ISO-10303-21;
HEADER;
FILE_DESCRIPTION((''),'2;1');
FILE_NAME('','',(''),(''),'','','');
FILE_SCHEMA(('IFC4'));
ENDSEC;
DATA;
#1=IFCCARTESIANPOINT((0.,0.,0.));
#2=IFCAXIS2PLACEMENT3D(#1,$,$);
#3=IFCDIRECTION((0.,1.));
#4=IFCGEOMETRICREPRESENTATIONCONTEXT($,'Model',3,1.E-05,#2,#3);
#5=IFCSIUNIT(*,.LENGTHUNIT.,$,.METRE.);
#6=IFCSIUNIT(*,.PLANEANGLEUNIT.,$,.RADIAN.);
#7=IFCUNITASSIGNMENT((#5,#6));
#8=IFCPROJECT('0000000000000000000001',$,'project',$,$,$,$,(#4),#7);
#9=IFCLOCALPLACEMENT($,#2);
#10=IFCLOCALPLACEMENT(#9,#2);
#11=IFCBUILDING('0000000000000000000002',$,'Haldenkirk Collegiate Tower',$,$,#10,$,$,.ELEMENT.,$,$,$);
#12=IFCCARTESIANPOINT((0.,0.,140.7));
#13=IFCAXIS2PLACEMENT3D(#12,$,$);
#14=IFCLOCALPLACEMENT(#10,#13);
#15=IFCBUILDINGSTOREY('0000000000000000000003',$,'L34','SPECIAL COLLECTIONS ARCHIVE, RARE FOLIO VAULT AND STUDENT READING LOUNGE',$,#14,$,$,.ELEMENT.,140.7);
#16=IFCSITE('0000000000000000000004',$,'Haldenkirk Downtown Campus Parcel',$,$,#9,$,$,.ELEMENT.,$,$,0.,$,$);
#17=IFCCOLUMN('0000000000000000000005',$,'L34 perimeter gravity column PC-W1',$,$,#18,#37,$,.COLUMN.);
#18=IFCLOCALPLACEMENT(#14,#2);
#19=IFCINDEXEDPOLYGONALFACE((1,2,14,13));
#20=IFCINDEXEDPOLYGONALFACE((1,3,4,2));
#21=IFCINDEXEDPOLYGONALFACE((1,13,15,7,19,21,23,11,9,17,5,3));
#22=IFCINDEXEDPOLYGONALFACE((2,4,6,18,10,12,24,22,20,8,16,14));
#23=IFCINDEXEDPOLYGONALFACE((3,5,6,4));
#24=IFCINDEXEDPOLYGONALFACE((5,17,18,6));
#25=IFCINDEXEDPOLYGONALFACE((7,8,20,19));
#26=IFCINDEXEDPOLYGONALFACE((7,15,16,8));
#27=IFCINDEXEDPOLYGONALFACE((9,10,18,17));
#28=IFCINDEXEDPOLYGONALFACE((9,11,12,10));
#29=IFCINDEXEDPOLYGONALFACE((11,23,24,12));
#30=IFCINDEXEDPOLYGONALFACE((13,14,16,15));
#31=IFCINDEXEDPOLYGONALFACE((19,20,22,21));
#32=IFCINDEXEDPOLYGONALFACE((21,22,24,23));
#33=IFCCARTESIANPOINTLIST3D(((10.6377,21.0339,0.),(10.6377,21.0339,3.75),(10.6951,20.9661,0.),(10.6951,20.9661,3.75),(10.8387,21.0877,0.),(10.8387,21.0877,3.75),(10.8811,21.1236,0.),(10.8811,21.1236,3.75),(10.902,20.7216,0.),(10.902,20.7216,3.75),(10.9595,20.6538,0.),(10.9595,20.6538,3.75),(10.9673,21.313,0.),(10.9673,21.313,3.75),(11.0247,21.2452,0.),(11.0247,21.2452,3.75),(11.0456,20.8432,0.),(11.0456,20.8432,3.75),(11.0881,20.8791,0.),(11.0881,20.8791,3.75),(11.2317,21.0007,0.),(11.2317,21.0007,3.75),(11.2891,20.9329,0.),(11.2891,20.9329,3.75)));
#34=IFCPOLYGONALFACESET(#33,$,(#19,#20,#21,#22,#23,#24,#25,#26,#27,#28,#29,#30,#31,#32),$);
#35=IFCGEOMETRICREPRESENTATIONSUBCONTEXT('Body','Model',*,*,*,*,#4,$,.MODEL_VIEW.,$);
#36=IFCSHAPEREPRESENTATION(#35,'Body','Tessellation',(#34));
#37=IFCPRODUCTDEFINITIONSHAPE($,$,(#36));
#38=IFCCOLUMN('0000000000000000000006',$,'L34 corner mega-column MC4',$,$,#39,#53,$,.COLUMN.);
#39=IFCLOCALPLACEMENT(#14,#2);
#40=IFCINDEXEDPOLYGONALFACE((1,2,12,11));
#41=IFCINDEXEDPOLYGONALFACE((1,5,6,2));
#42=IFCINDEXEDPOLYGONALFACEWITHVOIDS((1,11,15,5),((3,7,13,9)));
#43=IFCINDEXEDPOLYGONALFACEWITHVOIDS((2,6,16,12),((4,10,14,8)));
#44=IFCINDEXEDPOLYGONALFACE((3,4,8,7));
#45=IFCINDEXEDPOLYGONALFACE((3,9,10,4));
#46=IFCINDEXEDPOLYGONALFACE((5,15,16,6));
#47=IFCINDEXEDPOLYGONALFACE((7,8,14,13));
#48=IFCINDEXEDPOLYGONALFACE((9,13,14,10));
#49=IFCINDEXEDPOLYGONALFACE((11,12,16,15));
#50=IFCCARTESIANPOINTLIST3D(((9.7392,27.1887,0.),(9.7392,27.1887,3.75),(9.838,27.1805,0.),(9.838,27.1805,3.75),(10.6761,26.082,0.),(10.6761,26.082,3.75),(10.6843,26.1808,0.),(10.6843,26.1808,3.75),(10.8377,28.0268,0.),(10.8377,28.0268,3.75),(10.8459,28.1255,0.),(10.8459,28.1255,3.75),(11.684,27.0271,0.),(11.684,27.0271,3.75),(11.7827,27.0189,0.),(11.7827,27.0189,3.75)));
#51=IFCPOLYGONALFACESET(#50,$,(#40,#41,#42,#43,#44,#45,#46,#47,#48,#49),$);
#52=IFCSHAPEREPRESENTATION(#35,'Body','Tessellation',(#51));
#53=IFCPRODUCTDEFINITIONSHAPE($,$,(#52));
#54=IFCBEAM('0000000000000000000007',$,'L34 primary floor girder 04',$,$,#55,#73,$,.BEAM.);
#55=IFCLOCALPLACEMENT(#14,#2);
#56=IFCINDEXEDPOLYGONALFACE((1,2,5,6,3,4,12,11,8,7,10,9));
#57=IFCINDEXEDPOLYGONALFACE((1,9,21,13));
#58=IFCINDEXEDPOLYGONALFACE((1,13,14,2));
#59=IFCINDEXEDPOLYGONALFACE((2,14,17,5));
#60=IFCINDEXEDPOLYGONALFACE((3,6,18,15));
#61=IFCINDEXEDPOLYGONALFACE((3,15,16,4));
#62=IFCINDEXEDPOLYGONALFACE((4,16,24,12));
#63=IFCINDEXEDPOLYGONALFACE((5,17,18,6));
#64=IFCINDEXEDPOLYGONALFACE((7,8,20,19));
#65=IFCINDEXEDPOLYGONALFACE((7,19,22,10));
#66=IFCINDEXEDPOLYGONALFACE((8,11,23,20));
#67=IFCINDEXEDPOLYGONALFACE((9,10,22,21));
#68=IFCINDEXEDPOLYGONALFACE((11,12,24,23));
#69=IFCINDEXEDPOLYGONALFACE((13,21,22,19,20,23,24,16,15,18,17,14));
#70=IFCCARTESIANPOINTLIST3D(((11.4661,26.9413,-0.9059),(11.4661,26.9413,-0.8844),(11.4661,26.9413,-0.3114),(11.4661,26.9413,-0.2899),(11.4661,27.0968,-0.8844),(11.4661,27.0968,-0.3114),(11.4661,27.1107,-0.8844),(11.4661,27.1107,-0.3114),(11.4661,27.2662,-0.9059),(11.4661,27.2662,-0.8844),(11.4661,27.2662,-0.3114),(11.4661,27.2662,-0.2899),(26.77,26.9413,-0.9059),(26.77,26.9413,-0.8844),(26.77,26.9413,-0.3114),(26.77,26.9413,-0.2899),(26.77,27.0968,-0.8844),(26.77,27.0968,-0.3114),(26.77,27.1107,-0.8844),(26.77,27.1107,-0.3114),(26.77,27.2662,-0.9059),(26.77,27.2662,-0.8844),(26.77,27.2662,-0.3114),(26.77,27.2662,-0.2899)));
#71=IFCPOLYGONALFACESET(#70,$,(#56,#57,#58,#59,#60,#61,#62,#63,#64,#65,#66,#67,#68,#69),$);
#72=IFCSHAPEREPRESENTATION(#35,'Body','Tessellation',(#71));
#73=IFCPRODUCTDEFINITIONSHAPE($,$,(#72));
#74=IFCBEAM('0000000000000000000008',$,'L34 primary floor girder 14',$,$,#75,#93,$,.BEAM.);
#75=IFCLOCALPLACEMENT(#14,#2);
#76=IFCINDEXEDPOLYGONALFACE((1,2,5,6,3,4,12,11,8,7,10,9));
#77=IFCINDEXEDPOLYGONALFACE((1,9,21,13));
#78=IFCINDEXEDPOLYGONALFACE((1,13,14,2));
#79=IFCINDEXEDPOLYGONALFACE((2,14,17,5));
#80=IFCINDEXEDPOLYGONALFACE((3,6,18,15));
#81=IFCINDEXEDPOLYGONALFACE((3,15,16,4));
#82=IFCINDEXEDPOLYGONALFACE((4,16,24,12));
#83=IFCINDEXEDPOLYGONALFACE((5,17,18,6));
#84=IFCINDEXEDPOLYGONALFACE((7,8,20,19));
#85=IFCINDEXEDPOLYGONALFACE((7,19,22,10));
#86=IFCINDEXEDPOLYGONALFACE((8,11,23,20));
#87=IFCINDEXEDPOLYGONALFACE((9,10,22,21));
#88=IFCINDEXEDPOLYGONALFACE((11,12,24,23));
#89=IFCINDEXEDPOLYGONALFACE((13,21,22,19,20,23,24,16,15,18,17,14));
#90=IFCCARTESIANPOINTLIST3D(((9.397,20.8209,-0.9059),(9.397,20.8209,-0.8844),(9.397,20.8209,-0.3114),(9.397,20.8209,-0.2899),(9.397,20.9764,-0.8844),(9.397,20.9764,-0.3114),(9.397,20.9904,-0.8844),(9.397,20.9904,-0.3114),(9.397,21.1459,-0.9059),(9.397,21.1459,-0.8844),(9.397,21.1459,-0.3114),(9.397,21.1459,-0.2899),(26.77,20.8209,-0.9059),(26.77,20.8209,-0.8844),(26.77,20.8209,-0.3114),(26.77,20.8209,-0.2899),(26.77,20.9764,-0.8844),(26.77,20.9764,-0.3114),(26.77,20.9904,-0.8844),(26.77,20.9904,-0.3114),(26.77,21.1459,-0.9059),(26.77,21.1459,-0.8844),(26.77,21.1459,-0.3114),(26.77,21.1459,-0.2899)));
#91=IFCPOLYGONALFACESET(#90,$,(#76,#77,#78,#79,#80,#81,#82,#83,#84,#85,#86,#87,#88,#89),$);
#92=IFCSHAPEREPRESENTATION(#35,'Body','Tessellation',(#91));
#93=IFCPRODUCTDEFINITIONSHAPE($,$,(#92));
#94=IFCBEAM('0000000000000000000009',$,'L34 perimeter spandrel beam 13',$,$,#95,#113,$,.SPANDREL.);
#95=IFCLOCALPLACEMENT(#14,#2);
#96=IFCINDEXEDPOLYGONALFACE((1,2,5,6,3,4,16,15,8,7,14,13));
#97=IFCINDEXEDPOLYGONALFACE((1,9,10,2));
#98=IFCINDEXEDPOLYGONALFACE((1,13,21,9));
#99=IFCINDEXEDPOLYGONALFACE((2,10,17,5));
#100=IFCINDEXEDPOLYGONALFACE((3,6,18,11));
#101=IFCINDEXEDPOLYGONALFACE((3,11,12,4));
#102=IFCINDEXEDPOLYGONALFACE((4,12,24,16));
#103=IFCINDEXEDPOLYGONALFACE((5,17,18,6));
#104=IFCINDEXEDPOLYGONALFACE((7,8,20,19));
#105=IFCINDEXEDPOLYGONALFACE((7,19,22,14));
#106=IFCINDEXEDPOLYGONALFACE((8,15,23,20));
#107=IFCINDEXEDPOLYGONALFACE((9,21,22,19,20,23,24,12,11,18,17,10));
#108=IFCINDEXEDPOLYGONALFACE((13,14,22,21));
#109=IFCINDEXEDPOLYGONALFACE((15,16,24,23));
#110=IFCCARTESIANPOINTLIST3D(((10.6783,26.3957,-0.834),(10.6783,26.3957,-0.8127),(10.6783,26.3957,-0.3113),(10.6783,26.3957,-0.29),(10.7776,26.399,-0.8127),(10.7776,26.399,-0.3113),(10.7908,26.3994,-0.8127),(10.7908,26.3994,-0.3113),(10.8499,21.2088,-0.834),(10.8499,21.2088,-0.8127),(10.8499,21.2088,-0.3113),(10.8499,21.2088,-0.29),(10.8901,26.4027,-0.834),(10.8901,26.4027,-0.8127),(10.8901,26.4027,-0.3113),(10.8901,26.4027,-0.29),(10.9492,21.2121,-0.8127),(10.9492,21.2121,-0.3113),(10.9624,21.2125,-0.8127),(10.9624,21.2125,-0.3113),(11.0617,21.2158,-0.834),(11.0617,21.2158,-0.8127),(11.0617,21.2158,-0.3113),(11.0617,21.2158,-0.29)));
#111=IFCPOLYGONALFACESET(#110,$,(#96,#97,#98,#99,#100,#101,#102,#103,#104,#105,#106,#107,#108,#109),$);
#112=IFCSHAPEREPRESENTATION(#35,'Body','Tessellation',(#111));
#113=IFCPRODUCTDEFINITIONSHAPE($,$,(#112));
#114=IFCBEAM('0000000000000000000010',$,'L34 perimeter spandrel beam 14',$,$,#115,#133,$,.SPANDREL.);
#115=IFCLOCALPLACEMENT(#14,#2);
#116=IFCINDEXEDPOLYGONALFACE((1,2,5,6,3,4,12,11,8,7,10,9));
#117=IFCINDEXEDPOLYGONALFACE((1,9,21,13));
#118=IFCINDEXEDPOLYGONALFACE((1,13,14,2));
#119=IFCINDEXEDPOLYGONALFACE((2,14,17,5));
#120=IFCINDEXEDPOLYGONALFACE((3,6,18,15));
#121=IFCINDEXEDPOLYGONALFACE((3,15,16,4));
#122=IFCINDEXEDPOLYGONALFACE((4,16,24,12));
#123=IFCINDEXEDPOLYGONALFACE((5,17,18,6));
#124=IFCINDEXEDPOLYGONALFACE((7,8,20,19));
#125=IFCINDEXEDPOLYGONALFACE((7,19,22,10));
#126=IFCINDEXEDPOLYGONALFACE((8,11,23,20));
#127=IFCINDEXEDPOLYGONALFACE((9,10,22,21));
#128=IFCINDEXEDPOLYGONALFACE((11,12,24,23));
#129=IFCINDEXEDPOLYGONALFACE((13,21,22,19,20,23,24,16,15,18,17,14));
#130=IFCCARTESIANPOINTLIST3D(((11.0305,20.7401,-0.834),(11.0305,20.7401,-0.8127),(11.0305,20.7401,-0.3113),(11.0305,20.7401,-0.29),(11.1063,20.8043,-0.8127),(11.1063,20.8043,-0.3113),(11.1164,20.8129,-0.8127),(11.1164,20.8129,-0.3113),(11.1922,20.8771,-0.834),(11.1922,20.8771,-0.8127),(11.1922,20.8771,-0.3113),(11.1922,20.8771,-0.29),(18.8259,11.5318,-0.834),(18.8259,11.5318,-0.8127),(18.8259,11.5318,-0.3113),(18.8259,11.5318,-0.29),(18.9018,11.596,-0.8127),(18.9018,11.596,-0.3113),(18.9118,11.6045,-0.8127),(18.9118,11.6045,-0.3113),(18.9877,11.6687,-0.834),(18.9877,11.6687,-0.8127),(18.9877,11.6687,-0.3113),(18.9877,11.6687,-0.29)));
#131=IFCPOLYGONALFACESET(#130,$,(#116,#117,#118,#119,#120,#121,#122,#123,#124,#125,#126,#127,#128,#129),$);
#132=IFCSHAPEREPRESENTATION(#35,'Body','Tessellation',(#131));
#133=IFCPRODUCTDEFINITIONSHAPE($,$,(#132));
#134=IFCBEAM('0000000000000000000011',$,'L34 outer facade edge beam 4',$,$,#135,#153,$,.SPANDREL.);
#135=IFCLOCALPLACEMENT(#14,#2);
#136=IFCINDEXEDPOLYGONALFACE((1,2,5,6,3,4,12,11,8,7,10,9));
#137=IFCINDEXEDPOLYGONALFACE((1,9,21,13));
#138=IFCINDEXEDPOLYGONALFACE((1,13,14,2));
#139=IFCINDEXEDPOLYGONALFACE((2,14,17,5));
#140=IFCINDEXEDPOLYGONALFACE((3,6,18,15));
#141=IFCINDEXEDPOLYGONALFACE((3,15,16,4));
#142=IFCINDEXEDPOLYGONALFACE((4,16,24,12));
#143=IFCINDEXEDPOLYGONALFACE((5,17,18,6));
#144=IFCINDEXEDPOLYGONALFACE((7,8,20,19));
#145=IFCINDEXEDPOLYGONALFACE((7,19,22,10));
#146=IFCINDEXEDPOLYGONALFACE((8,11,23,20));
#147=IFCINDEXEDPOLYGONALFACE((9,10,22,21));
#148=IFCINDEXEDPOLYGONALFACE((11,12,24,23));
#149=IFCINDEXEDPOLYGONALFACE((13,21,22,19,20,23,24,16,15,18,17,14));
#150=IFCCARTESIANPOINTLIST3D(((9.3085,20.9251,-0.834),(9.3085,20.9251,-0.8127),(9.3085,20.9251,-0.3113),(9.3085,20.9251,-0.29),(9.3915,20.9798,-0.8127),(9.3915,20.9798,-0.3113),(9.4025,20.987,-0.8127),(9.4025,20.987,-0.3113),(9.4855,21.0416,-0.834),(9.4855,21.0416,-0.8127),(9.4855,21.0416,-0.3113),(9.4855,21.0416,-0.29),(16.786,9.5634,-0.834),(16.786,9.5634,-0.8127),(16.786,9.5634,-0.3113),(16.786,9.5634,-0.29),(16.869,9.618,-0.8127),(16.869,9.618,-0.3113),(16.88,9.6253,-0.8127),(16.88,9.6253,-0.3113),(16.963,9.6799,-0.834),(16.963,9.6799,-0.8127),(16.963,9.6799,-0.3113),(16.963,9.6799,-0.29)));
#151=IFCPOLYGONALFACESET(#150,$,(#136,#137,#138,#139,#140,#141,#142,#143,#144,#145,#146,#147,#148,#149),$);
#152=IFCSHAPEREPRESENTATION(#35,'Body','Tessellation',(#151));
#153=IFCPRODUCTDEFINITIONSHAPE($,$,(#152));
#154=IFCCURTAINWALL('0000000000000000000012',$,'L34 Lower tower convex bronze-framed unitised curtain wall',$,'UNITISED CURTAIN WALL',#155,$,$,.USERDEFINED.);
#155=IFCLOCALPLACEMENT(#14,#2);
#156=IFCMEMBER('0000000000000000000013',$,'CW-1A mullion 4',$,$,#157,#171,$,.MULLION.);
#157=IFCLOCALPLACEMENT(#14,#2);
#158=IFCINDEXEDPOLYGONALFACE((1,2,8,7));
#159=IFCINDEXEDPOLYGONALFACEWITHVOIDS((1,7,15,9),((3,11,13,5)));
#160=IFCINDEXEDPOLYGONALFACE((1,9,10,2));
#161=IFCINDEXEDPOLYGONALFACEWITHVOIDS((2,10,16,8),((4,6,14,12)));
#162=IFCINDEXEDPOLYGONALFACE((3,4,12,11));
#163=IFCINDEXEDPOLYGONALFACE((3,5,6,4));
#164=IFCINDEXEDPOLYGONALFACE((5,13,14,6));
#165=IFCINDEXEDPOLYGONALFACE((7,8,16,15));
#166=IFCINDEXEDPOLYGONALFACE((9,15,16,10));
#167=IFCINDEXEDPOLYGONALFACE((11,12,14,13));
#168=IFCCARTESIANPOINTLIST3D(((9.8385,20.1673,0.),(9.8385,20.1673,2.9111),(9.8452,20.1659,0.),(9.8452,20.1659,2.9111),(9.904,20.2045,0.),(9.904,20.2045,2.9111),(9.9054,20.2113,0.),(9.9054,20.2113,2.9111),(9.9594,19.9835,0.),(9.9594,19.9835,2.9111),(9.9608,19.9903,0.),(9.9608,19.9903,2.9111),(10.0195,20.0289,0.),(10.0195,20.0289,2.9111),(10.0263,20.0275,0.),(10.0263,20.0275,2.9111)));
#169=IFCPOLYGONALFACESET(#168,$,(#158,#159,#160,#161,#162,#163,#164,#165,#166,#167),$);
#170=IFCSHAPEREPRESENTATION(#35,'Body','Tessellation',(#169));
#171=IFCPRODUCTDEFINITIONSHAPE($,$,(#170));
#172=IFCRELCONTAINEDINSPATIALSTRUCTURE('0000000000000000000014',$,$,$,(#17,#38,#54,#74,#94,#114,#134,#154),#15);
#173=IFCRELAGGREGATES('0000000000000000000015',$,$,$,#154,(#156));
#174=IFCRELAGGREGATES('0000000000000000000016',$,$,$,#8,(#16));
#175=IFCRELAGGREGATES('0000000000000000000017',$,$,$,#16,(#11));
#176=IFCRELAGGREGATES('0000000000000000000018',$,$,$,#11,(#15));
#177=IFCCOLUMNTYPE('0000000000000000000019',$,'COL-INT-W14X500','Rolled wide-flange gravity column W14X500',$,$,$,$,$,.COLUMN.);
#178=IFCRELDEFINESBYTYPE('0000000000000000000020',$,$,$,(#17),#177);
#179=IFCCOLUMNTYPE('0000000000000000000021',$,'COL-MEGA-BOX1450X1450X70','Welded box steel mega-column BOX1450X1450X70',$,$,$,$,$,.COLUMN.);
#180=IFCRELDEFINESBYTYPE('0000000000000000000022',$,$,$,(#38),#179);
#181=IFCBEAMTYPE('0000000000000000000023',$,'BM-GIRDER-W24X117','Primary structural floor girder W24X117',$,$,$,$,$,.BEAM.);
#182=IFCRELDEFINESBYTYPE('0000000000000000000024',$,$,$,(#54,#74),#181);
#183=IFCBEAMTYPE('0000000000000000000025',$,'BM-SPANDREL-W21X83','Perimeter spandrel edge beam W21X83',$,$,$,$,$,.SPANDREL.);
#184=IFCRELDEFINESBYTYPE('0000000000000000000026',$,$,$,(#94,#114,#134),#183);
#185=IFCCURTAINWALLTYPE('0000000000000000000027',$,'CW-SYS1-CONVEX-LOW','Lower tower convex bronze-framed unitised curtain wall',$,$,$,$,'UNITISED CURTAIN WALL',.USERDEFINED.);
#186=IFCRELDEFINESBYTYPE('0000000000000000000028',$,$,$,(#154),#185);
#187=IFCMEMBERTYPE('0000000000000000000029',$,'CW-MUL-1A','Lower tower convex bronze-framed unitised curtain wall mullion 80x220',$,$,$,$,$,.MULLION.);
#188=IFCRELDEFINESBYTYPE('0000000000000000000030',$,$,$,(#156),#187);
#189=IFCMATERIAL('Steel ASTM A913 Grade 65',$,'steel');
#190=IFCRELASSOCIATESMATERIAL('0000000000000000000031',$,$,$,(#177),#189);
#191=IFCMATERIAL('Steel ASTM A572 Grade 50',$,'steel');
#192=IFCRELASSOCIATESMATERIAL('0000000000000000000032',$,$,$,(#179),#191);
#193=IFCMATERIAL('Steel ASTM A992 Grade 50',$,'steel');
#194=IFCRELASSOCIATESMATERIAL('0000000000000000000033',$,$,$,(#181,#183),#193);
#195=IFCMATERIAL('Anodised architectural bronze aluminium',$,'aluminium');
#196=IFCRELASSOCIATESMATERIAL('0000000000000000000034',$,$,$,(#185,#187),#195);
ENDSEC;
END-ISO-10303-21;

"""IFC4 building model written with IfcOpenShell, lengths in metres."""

from ifc_helpers import new_model, si_unit, direction, frame, origin, origin_2d, place, context, subcontext, project, spatial, hollow_rectangle, i_section, extrude, material, material_profile, profile_set, type_object, element, aggregate, save


model = new_model("IFC4")

# Units and contexts
model_context = context("Model", 3, precision=1e-05, world=origin(), true_north=direction((0.0, 1.0)))
body_context = subcontext(model_context, "Body", "Model", "MODEL_VIEW")
ifc_project = project(units=[si_unit("LENGTHUNIT", "METRE"), si_unit("PLANEANGLEUNIT", "RADIAN")], contexts=[model_context])

# Site, building, storey
site_placement = place(None, origin())
site = spatial("IfcSite", under=ifc_project, at=site_placement, Name="Haldenkirk Downtown Campus Parcel", CompositionType="ELEMENT", RefElevation=0.0)
building_placement = place(site_placement, origin())
building = spatial("IfcBuilding", under=site, at=building_placement, Name="Haldenkirk Collegiate Tower", CompositionType="ELEMENT")
storey_placement = place(building_placement, frame((0.0, 0.0, 140.7)))
storey = spatial("IfcBuildingStorey", under=building, at=storey_placement, Name="L34", Description="SPECIAL COLLECTIONS ARCHIVE, RARE FOLIO VAULT AND STUDENT READING LOUNGE", CompositionType="ELEMENT", Elevation=140.7)

# Columns
ifc_material_1 = material(Name="Steel ASTM A913 Grade 65", Category="steel")
ifc_material_profile_1 = material_profile(ifc_material_1, i_section(OverallWidth=0.4319, OverallDepth=0.498, WebThickness=0.0557, FlangeThickness=0.0889, at=origin_2d()), Name="W14X500")
ifc_profile_set_1 = profile_set([ifc_material_profile_1], Name="Steel ASTM A913 Grade 65")
column_type_1 = type_object("IfcColumnType", Name="COL-INT-W14X500", Description="Rolled wide-flange gravity column W14X500", PredefinedType="COLUMN", material=ifc_profile_set_1)
column_1_placement = place(storey_placement, frame((10.9634, 20.9834, 0.0), z_axis=(0.0, 0.0, 1.0), x_axis=(0.763232, 0.646124, 0.0)))
element("IfcColumn", 1, at=column_1_placement, inside=storey, type_object=column_type_1, Name="L34 perimeter gravity column PC-W1", PredefinedType="COLUMN", context=body_context, shape_type="SweptSolid", body=[
    extrude(i_section(OverallWidth=0.4319, OverallDepth=0.498, WebThickness=0.0557, FlangeThickness=0.0889, at=origin_2d()), origin(), (0.0, 0.0, 1.0), 3.75),
])
ifc_material_2 = material(Name="Steel ASTM A572 Grade 50", Category="steel")
ifc_material_profile_2 = material_profile(ifc_material_2, hollow_rectangle(XDim=1.45, YDim=1.45, WallThickness=0.0701, at=origin_2d()), Name="BOX1450X1450X70")
ifc_profile_set_2 = profile_set([ifc_material_profile_2], Name="Steel ASTM A572 Grade 50")
column_type_2 = type_object("IfcColumnType", Name="COL-MEGA-BOX1450X1450X70", Description="Welded box steel mega-column BOX1450X1450X70", PredefinedType="COLUMN", material=ifc_profile_set_2)
column_2_placement = place(storey_placement, frame((10.761, 27.1038, 0.0), z_axis=(0.0, 0.0, 1.0), x_axis=(0.763232, 0.646124, 0.0)))
element("IfcColumn", 2, at=column_2_placement, inside=storey, type_object=column_type_2, Name="L34 corner mega-column MC4", PredefinedType="COLUMN", context=body_context, shape_type="SweptSolid", body=[
    extrude(hollow_rectangle(XDim=1.45, YDim=1.45, WallThickness=0.0701, at=origin_2d()), origin(), (0.0, 0.0, 1.0), 3.75),
])

# Beams
ifc_material_3 = material(Name="Steel ASTM A992 Grade 50", Category="steel")
ifc_material_profile_3 = material_profile(ifc_material_3, i_section(OverallWidth=0.325, OverallDepth=0.616, WebThickness=0.0139, FlangeThickness=0.0215, at=origin_2d()), Name="W24X117")
ifc_profile_set_3 = profile_set([ifc_material_profile_3], Name="Steel ASTM A992 Grade 50")
beam_type_1 = type_object("IfcBeamType", Name="BM-GIRDER-W24X117", Description="Primary structural floor girder W24X117", PredefinedType="BEAM", material=ifc_profile_set_3)
beam_1_placement = place(storey_placement, frame((11.4661, 27.1038, -0.5979), z_axis=(1.0, 0.0, 0.0), x_axis=(0.0, 1.0, 0.0)))
element("IfcBeam", 3, at=beam_1_placement, inside=storey, type_object=beam_type_1, Name="L34 primary floor girder 04", PredefinedType="BEAM", context=body_context, shape_type="SweptSolid", body=[
    extrude(i_section(OverallWidth=0.325, OverallDepth=0.616, WebThickness=0.0139, FlangeThickness=0.0215, at=origin_2d()), origin(), (0.0, 0.0, 1.0), 15.304),
])
beam_2_placement = place(storey_placement, frame((9.397, 20.9834, -0.5979), z_axis=(1.0, 0.0, 0.0), x_axis=(0.0, 1.0, 0.0)))
element("IfcBeam", 4, at=beam_2_placement, inside=storey, type_object=beam_type_1, Name="L34 primary floor girder 14", PredefinedType="BEAM", context=body_context, shape_type="SweptSolid", body=[
    extrude(i_section(OverallWidth=0.325, OverallDepth=0.616, WebThickness=0.0139, FlangeThickness=0.0215, at=origin_2d()), origin(), (0.0, 0.0, 1.0), 17.373),
])
ifc_material_profile_4 = material_profile(ifc_material_3, i_section(OverallWidth=0.2119, OverallDepth=0.5439, WebThickness=0.0132, FlangeThickness=0.0212, at=origin_2d()), Name="W21X83")
ifc_profile_set_4 = profile_set([ifc_material_profile_4], Name="Steel ASTM A992 Grade 50")
beam_type_2 = type_object("IfcBeamType", Name="BM-SPANDREL-W21X83", Description="Perimeter spandrel edge beam W21X83", PredefinedType="SPANDREL", material=ifc_profile_set_4)
beam_3_placement = place(storey_placement, frame((10.7842, 26.3992, -0.562), z_axis=(0.033072, -0.999453, 0.0), x_axis=(0.999453, 0.033072, 0.0)))
element("IfcBeam", 5, at=beam_3_placement, inside=storey, type_object=beam_type_2, Name="L34 perimeter spandrel beam 13", PredefinedType="SPANDREL", context=body_context, shape_type="SweptSolid", body=[
    extrude(i_section(OverallWidth=0.2119, OverallDepth=0.5439, WebThickness=0.0132, FlangeThickness=0.0212, at=origin_2d()), origin(), (0.0, 0.0, 1.0), 5.1897),
])
beam_4_placement = place(storey_placement, frame((11.1113, 20.8086, -0.562), z_axis=(0.646126, -0.76323, 0.0), x_axis=(0.76323, 0.646126, 0.0)))
element("IfcBeam", 6, at=beam_4_placement, inside=storey, type_object=beam_type_2, Name="L34 perimeter spandrel beam 14", PredefinedType="SPANDREL", context=body_context, shape_type="SweptSolid", body=[
    extrude(i_section(OverallWidth=0.2119, OverallDepth=0.5439, WebThickness=0.0132, FlangeThickness=0.0212, at=origin_2d()), origin(), (0.0, 0.0, 1.0), 12.0649),
])
beam_5_placement = place(storey_placement, frame((9.397, 20.9834, -0.562), z_axis=(0.549753, -0.835327, 0.0), x_axis=(0.835327, 0.549753, 0.0)))
element("IfcBeam", 7, at=beam_5_placement, inside=storey, type_object=beam_type_2, Name="L34 outer facade edge beam 4", PredefinedType="SPANDREL", context=body_context, shape_type="SweptSolid", body=[
    extrude(i_section(OverallWidth=0.2119, OverallDepth=0.5439, WebThickness=0.0132, FlangeThickness=0.0212, at=origin_2d()), origin(), (0.0, 0.0, 1.0), 13.6016),
])

# Curtain wall, member
ifc_material_4 = material(Name="Anodised architectural bronze aluminium", Category="aluminium")
curtain_wall_type = type_object("IfcCurtainWallType", Name="CW-SYS1-CONVEX-LOW", Description="Lower tower convex bronze-framed unitised curtain wall", ElementType="UNITISED CURTAIN WALL", PredefinedType="USERDEFINED", material=ifc_material_4)
curtain_wall_placement = place(storey_placement, origin())
curtain_wall = element("IfcCurtainWall", 8, at=curtain_wall_placement, inside=storey, type_object=curtain_wall_type, Name="L34 Lower tower convex bronze-framed unitised curtain wall", ObjectType="UNITISED CURTAIN WALL", PredefinedType="USERDEFINED")
ifc_material_profile_5 = material_profile(ifc_material_4, hollow_rectangle(XDim=0.0801, YDim=0.22, WallThickness=0.0049, at=origin_2d()), Name="CW-MUL-1A")
ifc_profile_set_5 = profile_set([ifc_material_profile_5], Name="Anodised architectural bronze aluminium")
member_type_1 = type_object("IfcMemberType", Name="CW-MUL-1A", Description="Lower tower convex bronze-framed unitised curtain wall mullion 80x220", PredefinedType="MULLION", material=ifc_profile_set_5)
member_1_placement = place(storey_placement, frame((9.9324, 20.0974, 0.0), z_axis=(0.0, 0.0, 1.0), x_axis=(-0.835327, -0.549753, 0.0)))
member_1 = element("IfcMember", 9, at=member_1_placement, type_object=member_type_1, Name="CW-1A mullion 4", PredefinedType="MULLION", context=body_context, shape_type="SweptSolid", body=[
    extrude(hollow_rectangle(XDim=0.0801, YDim=0.22, WallThickness=0.0049, at=origin_2d()), origin(), (0.0, 0.0, 1.0), 2.9111),
])
aggregate(curtain_wall, [member_1])

save(model, "model.ifc")
